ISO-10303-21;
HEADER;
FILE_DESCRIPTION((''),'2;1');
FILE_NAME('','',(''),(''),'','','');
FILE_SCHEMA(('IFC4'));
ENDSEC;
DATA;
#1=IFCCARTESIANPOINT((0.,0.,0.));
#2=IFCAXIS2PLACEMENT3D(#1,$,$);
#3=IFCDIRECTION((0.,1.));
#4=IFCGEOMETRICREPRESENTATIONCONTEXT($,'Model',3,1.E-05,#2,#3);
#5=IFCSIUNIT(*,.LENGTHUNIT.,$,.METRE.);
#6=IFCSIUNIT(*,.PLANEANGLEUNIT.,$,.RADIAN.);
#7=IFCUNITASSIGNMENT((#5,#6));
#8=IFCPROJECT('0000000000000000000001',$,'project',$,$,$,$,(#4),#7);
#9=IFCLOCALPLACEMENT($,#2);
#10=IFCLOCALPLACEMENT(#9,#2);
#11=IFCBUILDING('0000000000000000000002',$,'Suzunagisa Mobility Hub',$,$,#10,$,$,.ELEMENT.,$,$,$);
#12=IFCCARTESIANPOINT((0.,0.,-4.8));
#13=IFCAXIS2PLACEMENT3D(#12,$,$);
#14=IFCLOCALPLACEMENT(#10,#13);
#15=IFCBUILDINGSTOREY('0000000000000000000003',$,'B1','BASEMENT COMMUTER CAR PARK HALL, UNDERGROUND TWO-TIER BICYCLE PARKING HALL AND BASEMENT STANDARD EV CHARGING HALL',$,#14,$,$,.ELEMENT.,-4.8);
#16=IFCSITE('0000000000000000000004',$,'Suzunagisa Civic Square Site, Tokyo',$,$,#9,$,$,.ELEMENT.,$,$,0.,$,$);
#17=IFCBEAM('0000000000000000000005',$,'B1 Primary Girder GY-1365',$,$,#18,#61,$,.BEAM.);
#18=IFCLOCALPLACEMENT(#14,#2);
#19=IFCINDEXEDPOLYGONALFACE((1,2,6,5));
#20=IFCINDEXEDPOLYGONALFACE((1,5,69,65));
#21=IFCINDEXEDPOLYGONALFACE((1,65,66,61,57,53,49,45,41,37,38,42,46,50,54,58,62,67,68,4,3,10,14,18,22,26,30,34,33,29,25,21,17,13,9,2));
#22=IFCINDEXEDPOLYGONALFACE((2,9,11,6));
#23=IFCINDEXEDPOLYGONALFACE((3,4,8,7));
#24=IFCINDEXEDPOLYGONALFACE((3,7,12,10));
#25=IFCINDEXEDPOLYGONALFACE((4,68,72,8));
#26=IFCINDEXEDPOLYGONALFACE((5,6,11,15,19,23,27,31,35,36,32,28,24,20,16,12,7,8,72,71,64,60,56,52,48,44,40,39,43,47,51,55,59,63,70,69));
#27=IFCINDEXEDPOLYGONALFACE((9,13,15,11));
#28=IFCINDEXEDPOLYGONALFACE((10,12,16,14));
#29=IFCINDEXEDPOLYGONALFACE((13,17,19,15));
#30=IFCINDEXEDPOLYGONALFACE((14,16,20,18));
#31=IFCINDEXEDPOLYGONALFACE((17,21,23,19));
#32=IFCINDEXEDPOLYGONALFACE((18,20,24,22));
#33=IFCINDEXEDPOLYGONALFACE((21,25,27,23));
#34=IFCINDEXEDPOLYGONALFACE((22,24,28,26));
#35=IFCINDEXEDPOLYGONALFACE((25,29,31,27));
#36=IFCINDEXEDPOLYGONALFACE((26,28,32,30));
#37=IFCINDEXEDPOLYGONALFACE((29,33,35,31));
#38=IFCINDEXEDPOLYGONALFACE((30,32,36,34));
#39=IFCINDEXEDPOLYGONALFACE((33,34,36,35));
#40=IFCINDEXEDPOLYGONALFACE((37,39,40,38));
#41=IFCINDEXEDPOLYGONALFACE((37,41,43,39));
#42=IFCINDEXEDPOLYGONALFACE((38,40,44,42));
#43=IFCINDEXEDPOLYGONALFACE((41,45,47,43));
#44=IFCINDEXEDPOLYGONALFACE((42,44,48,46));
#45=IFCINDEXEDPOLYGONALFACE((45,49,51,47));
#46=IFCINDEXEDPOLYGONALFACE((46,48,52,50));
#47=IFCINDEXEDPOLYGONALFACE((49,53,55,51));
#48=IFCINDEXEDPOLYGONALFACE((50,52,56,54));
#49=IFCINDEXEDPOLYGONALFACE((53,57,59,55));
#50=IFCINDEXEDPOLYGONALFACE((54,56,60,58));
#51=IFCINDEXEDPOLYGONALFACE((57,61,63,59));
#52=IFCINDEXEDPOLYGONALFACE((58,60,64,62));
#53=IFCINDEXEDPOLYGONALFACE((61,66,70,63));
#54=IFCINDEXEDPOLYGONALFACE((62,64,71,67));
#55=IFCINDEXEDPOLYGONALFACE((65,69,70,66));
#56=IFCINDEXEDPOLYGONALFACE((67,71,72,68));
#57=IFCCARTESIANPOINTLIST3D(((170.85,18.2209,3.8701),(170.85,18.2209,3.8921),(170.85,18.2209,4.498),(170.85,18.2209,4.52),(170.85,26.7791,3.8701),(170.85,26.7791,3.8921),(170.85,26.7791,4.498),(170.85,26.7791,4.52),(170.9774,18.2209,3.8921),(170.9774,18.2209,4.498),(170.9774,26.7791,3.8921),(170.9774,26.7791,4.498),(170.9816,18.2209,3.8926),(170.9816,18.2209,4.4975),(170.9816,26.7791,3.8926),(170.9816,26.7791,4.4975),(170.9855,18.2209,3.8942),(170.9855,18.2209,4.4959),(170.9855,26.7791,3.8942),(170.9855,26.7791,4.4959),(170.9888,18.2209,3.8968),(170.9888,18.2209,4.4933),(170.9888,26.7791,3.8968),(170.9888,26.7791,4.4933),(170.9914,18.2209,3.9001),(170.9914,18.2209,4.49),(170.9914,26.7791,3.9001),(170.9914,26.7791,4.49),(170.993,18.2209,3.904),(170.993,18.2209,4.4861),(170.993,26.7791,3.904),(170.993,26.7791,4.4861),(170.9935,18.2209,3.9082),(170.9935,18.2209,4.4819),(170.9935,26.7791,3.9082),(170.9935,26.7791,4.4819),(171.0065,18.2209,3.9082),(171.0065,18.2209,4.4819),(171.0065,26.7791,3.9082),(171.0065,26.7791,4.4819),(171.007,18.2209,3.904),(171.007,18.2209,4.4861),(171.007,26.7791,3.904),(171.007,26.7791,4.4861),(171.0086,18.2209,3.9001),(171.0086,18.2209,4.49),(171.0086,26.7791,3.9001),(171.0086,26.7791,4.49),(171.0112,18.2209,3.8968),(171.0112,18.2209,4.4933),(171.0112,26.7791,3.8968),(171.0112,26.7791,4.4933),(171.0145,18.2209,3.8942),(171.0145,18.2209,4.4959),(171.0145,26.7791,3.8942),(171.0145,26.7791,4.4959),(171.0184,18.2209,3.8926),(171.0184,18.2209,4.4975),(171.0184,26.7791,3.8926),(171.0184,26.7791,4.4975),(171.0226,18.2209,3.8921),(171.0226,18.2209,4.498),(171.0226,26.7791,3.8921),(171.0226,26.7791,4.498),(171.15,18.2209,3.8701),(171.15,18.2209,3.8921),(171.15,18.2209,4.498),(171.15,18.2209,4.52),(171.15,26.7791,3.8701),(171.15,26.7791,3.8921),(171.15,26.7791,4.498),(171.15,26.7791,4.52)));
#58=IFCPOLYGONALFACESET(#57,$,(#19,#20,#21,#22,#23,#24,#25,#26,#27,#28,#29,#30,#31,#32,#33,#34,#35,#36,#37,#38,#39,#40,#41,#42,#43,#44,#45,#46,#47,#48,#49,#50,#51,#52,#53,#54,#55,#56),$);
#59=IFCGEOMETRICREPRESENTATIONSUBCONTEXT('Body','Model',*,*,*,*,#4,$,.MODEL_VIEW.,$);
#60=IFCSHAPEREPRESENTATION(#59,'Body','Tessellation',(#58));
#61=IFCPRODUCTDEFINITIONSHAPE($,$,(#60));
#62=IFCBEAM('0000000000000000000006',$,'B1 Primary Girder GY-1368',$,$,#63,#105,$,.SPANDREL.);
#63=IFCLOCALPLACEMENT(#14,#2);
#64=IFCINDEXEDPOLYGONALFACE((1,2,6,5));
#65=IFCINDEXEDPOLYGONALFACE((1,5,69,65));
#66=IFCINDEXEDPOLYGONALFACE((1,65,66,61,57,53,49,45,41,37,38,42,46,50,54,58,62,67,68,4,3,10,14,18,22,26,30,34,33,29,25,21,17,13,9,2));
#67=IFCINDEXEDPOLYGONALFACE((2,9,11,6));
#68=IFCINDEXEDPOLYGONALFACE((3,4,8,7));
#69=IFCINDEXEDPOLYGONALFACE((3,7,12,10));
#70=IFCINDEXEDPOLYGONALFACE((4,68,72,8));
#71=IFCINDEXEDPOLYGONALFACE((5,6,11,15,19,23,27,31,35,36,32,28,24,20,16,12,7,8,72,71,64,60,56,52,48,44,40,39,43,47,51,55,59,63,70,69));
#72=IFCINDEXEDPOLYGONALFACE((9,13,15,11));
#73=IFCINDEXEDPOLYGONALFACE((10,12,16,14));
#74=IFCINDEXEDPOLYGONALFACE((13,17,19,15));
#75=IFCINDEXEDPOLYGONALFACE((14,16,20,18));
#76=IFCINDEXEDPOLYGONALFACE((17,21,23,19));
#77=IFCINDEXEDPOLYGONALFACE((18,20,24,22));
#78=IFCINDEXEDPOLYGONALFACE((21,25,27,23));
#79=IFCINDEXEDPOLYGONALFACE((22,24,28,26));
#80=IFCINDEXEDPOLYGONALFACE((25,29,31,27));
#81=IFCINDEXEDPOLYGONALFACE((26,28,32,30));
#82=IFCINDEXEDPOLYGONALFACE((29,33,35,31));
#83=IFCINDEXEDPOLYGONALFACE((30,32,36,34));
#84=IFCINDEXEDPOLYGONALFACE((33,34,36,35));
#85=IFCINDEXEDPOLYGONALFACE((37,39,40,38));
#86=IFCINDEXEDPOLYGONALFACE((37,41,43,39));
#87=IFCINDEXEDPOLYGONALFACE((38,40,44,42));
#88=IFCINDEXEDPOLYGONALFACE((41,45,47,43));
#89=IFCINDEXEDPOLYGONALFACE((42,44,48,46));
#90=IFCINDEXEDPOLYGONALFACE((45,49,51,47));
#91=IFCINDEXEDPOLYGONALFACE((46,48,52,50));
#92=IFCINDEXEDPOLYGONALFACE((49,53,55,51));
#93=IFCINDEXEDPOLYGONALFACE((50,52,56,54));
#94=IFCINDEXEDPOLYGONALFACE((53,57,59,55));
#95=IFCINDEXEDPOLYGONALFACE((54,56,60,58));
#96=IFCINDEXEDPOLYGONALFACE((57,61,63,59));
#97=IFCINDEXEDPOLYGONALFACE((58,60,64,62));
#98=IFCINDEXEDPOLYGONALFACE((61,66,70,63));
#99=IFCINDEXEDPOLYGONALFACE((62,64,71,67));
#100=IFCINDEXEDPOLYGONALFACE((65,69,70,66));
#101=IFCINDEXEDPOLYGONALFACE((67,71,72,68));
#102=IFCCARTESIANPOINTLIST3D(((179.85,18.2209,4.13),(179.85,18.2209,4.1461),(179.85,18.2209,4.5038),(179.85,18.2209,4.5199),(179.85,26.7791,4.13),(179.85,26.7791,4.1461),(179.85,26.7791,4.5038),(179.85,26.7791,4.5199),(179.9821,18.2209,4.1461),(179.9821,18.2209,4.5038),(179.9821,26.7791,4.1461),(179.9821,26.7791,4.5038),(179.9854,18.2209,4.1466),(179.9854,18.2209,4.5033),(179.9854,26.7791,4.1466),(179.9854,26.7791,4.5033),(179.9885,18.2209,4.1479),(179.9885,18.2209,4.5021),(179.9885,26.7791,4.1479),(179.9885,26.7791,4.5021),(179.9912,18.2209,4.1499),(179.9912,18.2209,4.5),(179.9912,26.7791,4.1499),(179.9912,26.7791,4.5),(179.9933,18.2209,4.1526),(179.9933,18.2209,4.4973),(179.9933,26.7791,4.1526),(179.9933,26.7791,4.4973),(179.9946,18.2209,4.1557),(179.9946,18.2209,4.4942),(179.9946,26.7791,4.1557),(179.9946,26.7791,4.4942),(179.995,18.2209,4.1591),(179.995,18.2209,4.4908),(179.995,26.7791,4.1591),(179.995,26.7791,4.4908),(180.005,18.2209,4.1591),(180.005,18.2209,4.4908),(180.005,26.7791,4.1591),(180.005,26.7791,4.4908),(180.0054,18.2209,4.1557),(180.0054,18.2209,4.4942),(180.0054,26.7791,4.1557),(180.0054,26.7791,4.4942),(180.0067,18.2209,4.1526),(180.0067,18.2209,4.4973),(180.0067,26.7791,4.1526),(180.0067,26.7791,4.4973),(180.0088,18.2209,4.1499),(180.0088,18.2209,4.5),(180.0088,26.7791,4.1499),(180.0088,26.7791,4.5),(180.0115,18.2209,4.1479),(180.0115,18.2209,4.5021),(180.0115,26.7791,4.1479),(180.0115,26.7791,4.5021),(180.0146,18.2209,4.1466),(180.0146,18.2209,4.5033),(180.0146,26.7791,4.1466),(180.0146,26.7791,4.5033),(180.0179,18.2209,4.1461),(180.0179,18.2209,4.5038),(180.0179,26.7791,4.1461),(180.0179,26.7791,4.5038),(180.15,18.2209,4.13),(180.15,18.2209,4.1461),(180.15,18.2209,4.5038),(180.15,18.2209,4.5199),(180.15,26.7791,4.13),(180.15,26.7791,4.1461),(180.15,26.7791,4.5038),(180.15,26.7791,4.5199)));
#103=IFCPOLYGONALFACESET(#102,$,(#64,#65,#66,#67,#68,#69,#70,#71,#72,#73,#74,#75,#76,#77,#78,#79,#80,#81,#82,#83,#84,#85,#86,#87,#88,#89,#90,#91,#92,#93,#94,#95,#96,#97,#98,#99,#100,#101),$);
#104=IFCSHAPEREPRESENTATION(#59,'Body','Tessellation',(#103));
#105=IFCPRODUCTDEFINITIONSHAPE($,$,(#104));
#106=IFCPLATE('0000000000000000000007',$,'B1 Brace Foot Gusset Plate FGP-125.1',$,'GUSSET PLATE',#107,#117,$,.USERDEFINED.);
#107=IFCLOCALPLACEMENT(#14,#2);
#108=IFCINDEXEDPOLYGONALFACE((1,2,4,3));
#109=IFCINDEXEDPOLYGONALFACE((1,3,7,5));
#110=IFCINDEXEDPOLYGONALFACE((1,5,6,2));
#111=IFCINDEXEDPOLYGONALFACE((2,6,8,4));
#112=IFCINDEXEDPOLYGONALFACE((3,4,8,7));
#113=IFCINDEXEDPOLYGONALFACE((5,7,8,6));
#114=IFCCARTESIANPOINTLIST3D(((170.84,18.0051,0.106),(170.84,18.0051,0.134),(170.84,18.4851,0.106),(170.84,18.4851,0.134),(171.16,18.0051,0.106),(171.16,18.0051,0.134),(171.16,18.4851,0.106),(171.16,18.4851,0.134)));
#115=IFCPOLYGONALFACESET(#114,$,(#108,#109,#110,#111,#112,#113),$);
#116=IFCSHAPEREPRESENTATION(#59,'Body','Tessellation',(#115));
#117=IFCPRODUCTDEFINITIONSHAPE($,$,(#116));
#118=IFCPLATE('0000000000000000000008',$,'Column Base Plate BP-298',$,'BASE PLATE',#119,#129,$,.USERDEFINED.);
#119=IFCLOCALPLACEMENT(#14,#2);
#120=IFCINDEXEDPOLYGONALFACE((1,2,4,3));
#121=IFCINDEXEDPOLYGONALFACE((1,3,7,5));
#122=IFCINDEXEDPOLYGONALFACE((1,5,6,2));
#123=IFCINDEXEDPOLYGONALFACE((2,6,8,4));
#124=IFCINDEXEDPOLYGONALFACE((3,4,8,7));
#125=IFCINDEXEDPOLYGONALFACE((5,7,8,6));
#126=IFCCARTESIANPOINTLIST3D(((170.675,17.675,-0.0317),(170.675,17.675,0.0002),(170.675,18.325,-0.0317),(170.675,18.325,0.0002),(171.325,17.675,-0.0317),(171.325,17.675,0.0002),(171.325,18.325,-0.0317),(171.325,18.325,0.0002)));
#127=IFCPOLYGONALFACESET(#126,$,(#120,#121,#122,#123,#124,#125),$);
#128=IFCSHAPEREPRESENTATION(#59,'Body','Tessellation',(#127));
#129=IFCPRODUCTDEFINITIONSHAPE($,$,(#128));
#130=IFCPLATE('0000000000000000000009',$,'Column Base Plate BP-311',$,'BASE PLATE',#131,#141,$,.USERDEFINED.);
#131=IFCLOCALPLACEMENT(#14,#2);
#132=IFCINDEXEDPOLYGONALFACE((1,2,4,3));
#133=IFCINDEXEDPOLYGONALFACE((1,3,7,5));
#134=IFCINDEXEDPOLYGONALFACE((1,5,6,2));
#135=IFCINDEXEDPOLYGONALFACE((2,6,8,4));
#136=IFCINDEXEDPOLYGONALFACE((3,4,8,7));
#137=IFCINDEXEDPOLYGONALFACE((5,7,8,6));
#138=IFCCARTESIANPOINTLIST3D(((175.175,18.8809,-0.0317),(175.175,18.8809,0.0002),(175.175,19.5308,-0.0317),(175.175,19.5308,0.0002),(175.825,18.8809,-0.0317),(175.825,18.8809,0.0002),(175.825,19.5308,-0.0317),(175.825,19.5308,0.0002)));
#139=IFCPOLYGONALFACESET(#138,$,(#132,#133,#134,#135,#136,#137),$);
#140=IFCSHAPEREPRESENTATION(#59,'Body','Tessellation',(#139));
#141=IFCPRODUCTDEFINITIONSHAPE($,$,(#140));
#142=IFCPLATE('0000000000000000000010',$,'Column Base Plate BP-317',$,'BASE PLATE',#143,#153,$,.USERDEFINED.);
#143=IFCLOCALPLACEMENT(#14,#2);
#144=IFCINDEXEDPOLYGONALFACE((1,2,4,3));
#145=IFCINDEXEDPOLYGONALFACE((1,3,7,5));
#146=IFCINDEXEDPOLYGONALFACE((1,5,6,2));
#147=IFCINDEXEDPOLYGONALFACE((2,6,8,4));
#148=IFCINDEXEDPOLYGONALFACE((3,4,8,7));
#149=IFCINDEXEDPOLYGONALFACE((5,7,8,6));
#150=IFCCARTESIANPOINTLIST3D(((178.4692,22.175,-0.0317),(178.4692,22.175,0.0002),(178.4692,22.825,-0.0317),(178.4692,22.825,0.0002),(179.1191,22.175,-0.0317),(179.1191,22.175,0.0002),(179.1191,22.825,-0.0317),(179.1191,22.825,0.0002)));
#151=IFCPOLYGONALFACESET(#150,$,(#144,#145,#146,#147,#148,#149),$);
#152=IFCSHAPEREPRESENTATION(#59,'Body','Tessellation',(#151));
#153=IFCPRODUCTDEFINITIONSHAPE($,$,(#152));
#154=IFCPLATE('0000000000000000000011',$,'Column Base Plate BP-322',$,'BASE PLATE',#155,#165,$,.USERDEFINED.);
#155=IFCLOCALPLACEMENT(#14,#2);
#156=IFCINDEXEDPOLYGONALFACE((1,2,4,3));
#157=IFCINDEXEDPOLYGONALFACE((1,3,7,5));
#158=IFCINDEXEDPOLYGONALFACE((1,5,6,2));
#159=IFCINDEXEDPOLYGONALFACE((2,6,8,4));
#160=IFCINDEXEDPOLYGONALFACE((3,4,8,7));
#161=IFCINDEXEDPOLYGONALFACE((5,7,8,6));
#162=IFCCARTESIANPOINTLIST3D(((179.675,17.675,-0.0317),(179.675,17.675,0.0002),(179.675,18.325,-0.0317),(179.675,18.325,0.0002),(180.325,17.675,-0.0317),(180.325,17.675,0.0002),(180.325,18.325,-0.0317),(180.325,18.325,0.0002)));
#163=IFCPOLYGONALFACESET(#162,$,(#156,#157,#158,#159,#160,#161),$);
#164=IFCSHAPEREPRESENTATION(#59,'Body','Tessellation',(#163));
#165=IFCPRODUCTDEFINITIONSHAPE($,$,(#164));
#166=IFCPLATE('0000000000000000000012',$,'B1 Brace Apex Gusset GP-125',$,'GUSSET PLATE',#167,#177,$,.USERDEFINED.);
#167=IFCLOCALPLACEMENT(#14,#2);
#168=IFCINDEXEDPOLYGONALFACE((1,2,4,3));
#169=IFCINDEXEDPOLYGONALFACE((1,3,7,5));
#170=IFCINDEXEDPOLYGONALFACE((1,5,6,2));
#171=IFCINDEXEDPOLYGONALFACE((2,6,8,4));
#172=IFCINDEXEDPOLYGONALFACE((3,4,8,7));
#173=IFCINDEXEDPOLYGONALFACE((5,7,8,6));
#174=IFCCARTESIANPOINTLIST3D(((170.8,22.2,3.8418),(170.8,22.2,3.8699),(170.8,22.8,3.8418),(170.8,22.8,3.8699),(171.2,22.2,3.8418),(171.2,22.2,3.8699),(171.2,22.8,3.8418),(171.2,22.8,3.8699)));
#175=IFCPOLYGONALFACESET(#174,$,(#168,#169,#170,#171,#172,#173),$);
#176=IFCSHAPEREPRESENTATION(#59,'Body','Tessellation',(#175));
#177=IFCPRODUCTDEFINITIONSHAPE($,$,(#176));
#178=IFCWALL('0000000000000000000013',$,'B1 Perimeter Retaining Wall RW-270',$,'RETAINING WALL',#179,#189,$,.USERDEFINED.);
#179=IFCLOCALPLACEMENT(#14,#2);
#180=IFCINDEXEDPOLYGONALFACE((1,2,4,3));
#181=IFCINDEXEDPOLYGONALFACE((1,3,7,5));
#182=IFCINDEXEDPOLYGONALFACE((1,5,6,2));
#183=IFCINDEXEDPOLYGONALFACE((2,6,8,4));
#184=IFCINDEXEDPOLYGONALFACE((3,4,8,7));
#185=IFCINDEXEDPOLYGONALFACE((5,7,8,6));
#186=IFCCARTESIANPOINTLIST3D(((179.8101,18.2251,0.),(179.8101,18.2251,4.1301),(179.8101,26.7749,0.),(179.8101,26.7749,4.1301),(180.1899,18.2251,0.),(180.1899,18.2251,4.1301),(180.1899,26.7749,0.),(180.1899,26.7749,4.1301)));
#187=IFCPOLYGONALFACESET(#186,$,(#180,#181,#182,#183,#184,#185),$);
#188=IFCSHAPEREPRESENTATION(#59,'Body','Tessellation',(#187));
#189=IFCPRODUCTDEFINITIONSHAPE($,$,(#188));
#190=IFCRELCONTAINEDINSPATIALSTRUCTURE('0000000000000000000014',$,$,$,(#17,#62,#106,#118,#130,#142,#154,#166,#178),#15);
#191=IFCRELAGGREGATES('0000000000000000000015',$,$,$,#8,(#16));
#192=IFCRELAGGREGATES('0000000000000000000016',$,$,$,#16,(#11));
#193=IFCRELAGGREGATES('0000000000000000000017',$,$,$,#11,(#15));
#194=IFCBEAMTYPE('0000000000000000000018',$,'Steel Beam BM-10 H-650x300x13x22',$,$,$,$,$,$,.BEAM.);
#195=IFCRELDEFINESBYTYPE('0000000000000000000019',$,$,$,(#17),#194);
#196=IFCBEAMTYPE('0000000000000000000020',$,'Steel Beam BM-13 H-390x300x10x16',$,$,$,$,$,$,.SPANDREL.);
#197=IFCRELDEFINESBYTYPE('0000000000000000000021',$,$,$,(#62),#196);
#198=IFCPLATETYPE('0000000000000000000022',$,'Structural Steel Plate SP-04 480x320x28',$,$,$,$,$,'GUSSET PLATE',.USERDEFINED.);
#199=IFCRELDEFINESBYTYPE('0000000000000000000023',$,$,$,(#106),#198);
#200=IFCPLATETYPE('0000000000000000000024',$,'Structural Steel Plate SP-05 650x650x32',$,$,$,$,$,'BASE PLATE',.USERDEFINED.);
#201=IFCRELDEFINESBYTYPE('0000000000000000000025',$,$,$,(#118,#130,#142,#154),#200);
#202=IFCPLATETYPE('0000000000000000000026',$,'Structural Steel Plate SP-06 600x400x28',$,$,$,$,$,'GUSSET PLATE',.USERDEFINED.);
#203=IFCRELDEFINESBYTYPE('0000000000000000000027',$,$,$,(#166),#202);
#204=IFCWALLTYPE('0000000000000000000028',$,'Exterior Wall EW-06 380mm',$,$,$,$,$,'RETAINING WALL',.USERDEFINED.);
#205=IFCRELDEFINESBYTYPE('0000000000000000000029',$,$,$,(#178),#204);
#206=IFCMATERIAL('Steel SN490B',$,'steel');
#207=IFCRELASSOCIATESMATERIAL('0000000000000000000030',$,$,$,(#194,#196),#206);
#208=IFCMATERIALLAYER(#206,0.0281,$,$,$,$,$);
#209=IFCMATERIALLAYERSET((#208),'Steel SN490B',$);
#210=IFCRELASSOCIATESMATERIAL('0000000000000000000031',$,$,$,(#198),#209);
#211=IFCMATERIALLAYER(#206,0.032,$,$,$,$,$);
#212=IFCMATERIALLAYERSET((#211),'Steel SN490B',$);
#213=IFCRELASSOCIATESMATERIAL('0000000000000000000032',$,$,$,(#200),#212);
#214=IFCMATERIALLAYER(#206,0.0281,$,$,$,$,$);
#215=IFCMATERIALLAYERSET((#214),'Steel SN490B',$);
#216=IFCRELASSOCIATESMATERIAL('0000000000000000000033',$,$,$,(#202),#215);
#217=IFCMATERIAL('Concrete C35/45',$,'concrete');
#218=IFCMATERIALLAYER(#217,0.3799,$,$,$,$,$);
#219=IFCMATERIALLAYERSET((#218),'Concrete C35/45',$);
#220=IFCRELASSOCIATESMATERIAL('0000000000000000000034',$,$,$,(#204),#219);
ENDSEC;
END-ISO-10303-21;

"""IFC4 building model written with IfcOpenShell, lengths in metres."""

from ifc_helpers import new_model, si_unit, direction, frame, frame_2d, origin, origin_2d, place, context, subcontext, project, spatial, rectangle, i_section, extrude, material, layer, layer_set, material_profile, profile_set, type_object, element, save


model = new_model("IFC4")

# Units and contexts
model_context = context("Model", 3, precision=1e-05, world=origin(), true_north=direction((0.0, 1.0)))
body_context = subcontext(model_context, "Body", "Model", "MODEL_VIEW")
ifc_project = project(units=[si_unit("LENGTHUNIT", "METRE"), si_unit("PLANEANGLEUNIT", "RADIAN")], contexts=[model_context])

# Site, building, storey
site_placement = place(None, origin())
site = spatial("IfcSite", under=ifc_project, at=site_placement, Name="Suzunagisa Civic Square Site, Tokyo", CompositionType="ELEMENT", RefElevation=0.0)
building_placement = place(site_placement, origin())
building = spatial("IfcBuilding", under=site, at=building_placement, Name="Suzunagisa Mobility Hub", CompositionType="ELEMENT")
storey_placement = place(building_placement, frame((0.0, 0.0, -4.8)))
storey = spatial("IfcBuildingStorey", under=building, at=storey_placement, Name="B1", Description="BASEMENT COMMUTER CAR PARK HALL, UNDERGROUND TWO-TIER BICYCLE PARKING HALL AND BASEMENT STANDARD EV CHARGING HALL", CompositionType="ELEMENT", Elevation=-4.8)

# Shared definitions
ifc_material_1 = material(Name="Steel SN490B", Category="steel")

# Beams
ifc_material_profile_1 = material_profile(ifc_material_1, i_section(OverallWidth=0.3, OverallDepth=0.6499, WebThickness=0.0129, FlangeThickness=0.022, FilletRadius=0.0161, at=origin_2d()), Name="H-650x300x13x22")
ifc_profile_set_1 = profile_set([ifc_material_profile_1], Name="Steel SN490B")
beam_type_1 = type_object("IfcBeamType", Name="Steel Beam BM-10 H-650x300x13x22", PredefinedType="BEAM", material=ifc_profile_set_1)
beam_1_placement = place(storey_placement, frame((171.0, 18.2209, 4.1951), z_axis=(0.0, 1.0, 0.0), x_axis=(-1.0, 0.0, 0.0)))
element("IfcBeam", 1, at=beam_1_placement, inside=storey, type_object=beam_type_1, Name="B1 Primary Girder GY-1365", PredefinedType="BEAM", context=body_context, shape_type="SweptSolid", body=[
    extrude(i_section(OverallWidth=0.3, OverallDepth=0.6499, WebThickness=0.0129, FlangeThickness=0.022, FilletRadius=0.0161, at=origin_2d()), origin(), (0.0, 0.0, 1.0), 8.5581),
])
ifc_material_profile_2 = material_profile(ifc_material_1, i_section(OverallWidth=0.3, OverallDepth=0.3899, WebThickness=0.01, FlangeThickness=0.0161, FilletRadius=0.0129, at=origin_2d()), Name="H-390x300x10x16")
ifc_profile_set_2 = profile_set([ifc_material_profile_2], Name="Steel SN490B")
beam_type_2 = type_object("IfcBeamType", Name="Steel Beam BM-13 H-390x300x10x16", PredefinedType="SPANDREL", material=ifc_profile_set_2)
beam_2_placement = place(storey_placement, frame((180.0, 18.2209, 4.325), z_axis=(0.0, 1.0, 0.0), x_axis=(-1.0, 0.0, 0.0)))
element("IfcBeam", 2, at=beam_2_placement, inside=storey, type_object=beam_type_2, Name="B1 Primary Girder GY-1368", PredefinedType="SPANDREL", context=body_context, shape_type="SweptSolid", body=[
    extrude(i_section(OverallWidth=0.3, OverallDepth=0.3899, WebThickness=0.01, FlangeThickness=0.0161, FilletRadius=0.0129, at=origin_2d()), origin(), (0.0, 0.0, 1.0), 8.5581),
])

# Plates
ifc_layer_1 = layer(ifc_material_1, 0.0281)
ifc_layer_set_1 = layer_set([ifc_layer_1], Name="Steel SN490B")
plate_type_1 = type_object("IfcPlateType", Name="Structural Steel Plate SP-04 480x320x28", ElementType="GUSSET PLATE", PredefinedType="USERDEFINED", material=ifc_layer_set_1)
plate_1_placement = place(storey_placement, frame((171.0, 18.2451, 0.106), z_axis=(0.0, 0.0, 1.0), x_axis=(1.0, 0.0, 0.0)))
element("IfcPlate", 3, at=plate_1_placement, inside=storey, type_object=plate_type_1, Name="B1 Brace Foot Gusset Plate FGP-125.1", ObjectType="GUSSET PLATE", PredefinedType="USERDEFINED", context=body_context, shape_type="SweptSolid", body=[
    extrude(rectangle(XDim=0.3201, YDim=0.48, at=origin_2d()), origin(), (0.0, 0.0, 1.0), 0.0281),
])
ifc_layer_2 = layer(ifc_material_1, 0.032)
ifc_layer_set_2 = layer_set([ifc_layer_2], Name="Steel SN490B")
plate_type_2 = type_object("IfcPlateType", Name="Structural Steel Plate SP-05 650x650x32", ElementType="BASE PLATE", PredefinedType="USERDEFINED", material=ifc_layer_set_2)
for number, where, z_axis, x_axis, name in (
    (4, (171.0, 18.0, -0.0317), (0.0, 0.0, 1.0), (1.0, 0.0, 0.0), "Column Base Plate BP-298"),
    (5, (175.5, 19.2058, -0.0317), (0.0, 0.0, 1.0), (1.0, 0.0, 0.0), "Column Base Plate BP-311"),
    (6, (178.7942, 22.5, -0.0317), (0.0, 0.0, 1.0), (1.0, 0.0, 0.0), "Column Base Plate BP-317"),
    (7, (180.0, 18.0, -0.0317), (0.0, 0.0, 1.0), (1.0, 0.0, 0.0), "Column Base Plate BP-322"),
):
    element("IfcPlate", number, at=place(storey_placement, frame(where, z_axis=z_axis, x_axis=x_axis)), inside=storey, type_object=plate_type_2, Name=name, ObjectType="BASE PLATE", PredefinedType="USERDEFINED", context=body_context, shape_type="SweptSolid", body=[
        extrude(rectangle(XDim=0.6499, YDim=0.6499, at=origin_2d()), origin(), (0.0, 0.0, 1.0), 0.032),
    ])
ifc_layer_3 = layer(ifc_material_1, 0.0281)
ifc_layer_set_3 = layer_set([ifc_layer_3], Name="Steel SN490B")
plate_type_3 = type_object("IfcPlateType", Name="Structural Steel Plate SP-06 600x400x28", ElementType="GUSSET PLATE", PredefinedType="USERDEFINED", material=ifc_layer_set_3)
plate_2_placement = place(storey_placement, frame((171.0, 22.5, 3.8418), z_axis=(0.0, 0.0, 1.0), x_axis=(1.0, 0.0, 0.0)))
element("IfcPlate", 8, at=plate_2_placement, inside=storey, type_object=plate_type_3, Name="B1 Brace Apex Gusset GP-125", ObjectType="GUSSET PLATE", PredefinedType="USERDEFINED", context=body_context, shape_type="SweptSolid", body=[
    extrude(rectangle(XDim=0.3999, YDim=0.6001, at=origin_2d()), origin(), (0.0, 0.0, 1.0), 0.0281),
])

# Wall
ifc_material_2 = material(Name="Concrete C35/45", Category="concrete")
ifc_layer_4 = layer(ifc_material_2, 0.3799)
ifc_layer_set_4 = layer_set([ifc_layer_4], Name="Concrete C35/45")
wall_type_1 = type_object("IfcWallType", Name="Exterior Wall EW-06 380mm", ElementType="RETAINING WALL", PredefinedType="USERDEFINED", material=ifc_layer_set_4)
wall_1_placement = place(storey_placement, frame((180.0, 18.2251, 0.0), z_axis=(0.0, 0.0, 1.0), x_axis=(0.0, 1.0, 0.0)))
element("IfcWall", 9, at=wall_1_placement, inside=storey, type_object=wall_type_1, Name="B1 Perimeter Retaining Wall RW-270", ObjectType="RETAINING WALL", PredefinedType="USERDEFINED", context=body_context, shape_type="SweptSolid", body=[
    extrude(rectangle(XDim=8.5498, YDim=0.3799, at=frame_2d((4.2749, 0.0))), origin(), (0.0, 0.0, 1.0), 4.1301),
])

save(model, "model.ifc")
